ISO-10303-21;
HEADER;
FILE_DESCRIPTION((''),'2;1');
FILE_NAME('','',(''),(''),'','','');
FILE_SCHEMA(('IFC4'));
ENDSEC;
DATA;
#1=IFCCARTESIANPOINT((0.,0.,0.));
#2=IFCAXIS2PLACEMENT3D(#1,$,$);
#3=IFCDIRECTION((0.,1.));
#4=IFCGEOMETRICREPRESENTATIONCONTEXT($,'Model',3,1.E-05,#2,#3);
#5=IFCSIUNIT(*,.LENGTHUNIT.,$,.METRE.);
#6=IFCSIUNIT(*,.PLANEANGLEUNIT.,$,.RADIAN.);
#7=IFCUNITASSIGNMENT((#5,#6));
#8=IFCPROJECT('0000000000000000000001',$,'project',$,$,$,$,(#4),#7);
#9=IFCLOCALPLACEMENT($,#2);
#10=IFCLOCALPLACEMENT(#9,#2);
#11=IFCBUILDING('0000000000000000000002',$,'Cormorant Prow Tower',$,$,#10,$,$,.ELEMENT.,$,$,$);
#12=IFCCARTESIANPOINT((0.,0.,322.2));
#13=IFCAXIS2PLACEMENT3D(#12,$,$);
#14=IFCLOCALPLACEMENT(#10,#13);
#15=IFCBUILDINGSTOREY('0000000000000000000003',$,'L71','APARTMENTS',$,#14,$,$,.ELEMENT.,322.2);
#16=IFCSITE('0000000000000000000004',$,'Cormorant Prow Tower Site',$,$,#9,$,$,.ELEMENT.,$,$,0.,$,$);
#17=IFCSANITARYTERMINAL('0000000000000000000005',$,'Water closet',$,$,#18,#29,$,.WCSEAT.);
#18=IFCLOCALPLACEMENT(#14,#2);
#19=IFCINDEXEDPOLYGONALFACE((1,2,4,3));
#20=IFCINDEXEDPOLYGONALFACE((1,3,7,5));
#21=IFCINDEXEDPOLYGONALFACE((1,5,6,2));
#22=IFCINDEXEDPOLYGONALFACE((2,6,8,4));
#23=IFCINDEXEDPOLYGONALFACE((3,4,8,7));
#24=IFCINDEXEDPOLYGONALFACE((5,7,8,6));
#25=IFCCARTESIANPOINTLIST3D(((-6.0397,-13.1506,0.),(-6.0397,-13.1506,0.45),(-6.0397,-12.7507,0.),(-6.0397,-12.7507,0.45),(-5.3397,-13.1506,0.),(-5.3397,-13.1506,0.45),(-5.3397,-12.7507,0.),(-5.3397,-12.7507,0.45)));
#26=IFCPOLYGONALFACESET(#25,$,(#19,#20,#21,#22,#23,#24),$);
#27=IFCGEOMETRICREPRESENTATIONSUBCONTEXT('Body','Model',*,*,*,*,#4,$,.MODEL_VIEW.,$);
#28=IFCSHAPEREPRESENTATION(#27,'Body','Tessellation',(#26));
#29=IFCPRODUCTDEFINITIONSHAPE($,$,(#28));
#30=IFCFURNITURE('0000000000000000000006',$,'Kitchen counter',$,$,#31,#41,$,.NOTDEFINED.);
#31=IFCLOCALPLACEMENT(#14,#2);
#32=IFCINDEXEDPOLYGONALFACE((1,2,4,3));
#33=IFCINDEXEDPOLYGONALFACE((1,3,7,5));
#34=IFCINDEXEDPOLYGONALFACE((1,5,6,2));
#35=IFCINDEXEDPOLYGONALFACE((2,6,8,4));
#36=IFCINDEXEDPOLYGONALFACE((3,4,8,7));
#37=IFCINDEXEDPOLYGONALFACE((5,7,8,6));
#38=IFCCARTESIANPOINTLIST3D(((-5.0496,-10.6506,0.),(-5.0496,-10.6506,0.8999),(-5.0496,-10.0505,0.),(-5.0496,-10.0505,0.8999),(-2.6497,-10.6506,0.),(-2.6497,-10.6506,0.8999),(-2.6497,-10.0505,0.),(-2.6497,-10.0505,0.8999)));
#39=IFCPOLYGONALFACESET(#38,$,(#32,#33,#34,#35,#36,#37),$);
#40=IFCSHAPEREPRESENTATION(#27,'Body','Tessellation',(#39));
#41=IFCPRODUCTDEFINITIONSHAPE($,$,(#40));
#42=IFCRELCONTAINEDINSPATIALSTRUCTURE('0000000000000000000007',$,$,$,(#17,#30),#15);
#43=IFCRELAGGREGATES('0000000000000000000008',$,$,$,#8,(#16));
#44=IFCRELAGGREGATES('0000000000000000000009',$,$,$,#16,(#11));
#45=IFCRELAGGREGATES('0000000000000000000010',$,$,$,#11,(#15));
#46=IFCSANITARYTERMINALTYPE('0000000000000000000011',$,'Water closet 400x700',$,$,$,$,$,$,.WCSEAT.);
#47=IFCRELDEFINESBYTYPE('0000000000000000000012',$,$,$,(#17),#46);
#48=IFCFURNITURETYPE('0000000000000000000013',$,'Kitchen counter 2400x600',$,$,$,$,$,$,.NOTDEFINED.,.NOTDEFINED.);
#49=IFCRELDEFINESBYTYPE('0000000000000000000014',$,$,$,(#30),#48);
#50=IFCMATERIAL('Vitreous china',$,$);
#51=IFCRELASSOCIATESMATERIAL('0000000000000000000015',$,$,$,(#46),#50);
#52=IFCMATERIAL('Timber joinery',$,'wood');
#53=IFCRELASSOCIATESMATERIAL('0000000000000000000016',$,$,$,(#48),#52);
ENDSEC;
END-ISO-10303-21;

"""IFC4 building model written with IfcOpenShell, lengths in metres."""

from ifc_helpers import new_model, si_unit, direction, frame, origin, origin_2d, place, context, subcontext, project, spatial, rectangle, extrude, material, type_object, element, save


model = new_model("IFC4")

# Units and contexts
model_context = context("Model", 3, precision=1e-05, world=origin(), true_north=direction((0.0, 1.0)))
body_context = subcontext(model_context, "Body", "Model", "MODEL_VIEW")
ifc_project = project(units=[si_unit("LENGTHUNIT", "METRE"), si_unit("PLANEANGLEUNIT", "RADIAN")], contexts=[model_context])

# Site, building, storey
site_placement = place(None, origin())
site = spatial("IfcSite", under=ifc_project, at=site_placement, Name="Cormorant Prow Tower Site", CompositionType="ELEMENT", RefElevation=0.0)
building_placement = place(site_placement, origin())
building = spatial("IfcBuilding", under=site, at=building_placement, Name="Cormorant Prow Tower", CompositionType="ELEMENT")
storey_placement = place(building_placement, frame((0.0, 0.0, 322.2)))
storey = spatial("IfcBuildingStorey", under=building, at=storey_placement, Name="L71", Description="APARTMENTS", CompositionType="ELEMENT", Elevation=322.2)

# Sanitary terminal
ifc_material_1 = material(Name="Vitreous china")
sanitary_terminal_type_1 = type_object("IfcSanitaryTerminalType", Name="Water closet 400x700", PredefinedType="WCSEAT", material=ifc_material_1)
sanitary_terminal_1_placement = place(storey_placement, frame((-5.6897, -12.9507, 0.0), z_axis=(0.0, 0.0, 1.0), x_axis=(0.0, -1.0, 0.0)))
element("IfcSanitaryTerminal", 1, at=sanitary_terminal_1_placement, inside=storey, type_object=sanitary_terminal_type_1, Name="Water closet", PredefinedType="WCSEAT", context=body_context, shape_type="SweptSolid", body=[
    extrude(rectangle(XDim=0.3999, YDim=0.7, at=origin_2d()), origin(), (0.0, 0.0, 1.0), 0.45),
])

# Furniture
ifc_material_2 = material(Name="Timber joinery", Category="wood")
furniture_type = type_object("IfcFurnitureType", Name="Kitchen counter 2400x600", AssemblyPlace="NOTDEFINED", PredefinedType="NOTDEFINED", material=ifc_material_2)
furniture_placement = place(storey_placement, frame((-3.8496, -10.3506, 0.0), z_axis=(0.0, 0.0, 1.0), x_axis=(1.0, 0.0, 0.0)))
element("IfcFurniture", 2, at=furniture_placement, inside=storey, type_object=furniture_type, Name="Kitchen counter", PredefinedType="NOTDEFINED", context=body_context, shape_type="SweptSolid", body=[
    extrude(rectangle(XDim=2.3999, YDim=0.6001, at=origin_2d()), origin(), (0.0, 0.0, 1.0), 0.8999),
])

save(model, "model.ifc")
